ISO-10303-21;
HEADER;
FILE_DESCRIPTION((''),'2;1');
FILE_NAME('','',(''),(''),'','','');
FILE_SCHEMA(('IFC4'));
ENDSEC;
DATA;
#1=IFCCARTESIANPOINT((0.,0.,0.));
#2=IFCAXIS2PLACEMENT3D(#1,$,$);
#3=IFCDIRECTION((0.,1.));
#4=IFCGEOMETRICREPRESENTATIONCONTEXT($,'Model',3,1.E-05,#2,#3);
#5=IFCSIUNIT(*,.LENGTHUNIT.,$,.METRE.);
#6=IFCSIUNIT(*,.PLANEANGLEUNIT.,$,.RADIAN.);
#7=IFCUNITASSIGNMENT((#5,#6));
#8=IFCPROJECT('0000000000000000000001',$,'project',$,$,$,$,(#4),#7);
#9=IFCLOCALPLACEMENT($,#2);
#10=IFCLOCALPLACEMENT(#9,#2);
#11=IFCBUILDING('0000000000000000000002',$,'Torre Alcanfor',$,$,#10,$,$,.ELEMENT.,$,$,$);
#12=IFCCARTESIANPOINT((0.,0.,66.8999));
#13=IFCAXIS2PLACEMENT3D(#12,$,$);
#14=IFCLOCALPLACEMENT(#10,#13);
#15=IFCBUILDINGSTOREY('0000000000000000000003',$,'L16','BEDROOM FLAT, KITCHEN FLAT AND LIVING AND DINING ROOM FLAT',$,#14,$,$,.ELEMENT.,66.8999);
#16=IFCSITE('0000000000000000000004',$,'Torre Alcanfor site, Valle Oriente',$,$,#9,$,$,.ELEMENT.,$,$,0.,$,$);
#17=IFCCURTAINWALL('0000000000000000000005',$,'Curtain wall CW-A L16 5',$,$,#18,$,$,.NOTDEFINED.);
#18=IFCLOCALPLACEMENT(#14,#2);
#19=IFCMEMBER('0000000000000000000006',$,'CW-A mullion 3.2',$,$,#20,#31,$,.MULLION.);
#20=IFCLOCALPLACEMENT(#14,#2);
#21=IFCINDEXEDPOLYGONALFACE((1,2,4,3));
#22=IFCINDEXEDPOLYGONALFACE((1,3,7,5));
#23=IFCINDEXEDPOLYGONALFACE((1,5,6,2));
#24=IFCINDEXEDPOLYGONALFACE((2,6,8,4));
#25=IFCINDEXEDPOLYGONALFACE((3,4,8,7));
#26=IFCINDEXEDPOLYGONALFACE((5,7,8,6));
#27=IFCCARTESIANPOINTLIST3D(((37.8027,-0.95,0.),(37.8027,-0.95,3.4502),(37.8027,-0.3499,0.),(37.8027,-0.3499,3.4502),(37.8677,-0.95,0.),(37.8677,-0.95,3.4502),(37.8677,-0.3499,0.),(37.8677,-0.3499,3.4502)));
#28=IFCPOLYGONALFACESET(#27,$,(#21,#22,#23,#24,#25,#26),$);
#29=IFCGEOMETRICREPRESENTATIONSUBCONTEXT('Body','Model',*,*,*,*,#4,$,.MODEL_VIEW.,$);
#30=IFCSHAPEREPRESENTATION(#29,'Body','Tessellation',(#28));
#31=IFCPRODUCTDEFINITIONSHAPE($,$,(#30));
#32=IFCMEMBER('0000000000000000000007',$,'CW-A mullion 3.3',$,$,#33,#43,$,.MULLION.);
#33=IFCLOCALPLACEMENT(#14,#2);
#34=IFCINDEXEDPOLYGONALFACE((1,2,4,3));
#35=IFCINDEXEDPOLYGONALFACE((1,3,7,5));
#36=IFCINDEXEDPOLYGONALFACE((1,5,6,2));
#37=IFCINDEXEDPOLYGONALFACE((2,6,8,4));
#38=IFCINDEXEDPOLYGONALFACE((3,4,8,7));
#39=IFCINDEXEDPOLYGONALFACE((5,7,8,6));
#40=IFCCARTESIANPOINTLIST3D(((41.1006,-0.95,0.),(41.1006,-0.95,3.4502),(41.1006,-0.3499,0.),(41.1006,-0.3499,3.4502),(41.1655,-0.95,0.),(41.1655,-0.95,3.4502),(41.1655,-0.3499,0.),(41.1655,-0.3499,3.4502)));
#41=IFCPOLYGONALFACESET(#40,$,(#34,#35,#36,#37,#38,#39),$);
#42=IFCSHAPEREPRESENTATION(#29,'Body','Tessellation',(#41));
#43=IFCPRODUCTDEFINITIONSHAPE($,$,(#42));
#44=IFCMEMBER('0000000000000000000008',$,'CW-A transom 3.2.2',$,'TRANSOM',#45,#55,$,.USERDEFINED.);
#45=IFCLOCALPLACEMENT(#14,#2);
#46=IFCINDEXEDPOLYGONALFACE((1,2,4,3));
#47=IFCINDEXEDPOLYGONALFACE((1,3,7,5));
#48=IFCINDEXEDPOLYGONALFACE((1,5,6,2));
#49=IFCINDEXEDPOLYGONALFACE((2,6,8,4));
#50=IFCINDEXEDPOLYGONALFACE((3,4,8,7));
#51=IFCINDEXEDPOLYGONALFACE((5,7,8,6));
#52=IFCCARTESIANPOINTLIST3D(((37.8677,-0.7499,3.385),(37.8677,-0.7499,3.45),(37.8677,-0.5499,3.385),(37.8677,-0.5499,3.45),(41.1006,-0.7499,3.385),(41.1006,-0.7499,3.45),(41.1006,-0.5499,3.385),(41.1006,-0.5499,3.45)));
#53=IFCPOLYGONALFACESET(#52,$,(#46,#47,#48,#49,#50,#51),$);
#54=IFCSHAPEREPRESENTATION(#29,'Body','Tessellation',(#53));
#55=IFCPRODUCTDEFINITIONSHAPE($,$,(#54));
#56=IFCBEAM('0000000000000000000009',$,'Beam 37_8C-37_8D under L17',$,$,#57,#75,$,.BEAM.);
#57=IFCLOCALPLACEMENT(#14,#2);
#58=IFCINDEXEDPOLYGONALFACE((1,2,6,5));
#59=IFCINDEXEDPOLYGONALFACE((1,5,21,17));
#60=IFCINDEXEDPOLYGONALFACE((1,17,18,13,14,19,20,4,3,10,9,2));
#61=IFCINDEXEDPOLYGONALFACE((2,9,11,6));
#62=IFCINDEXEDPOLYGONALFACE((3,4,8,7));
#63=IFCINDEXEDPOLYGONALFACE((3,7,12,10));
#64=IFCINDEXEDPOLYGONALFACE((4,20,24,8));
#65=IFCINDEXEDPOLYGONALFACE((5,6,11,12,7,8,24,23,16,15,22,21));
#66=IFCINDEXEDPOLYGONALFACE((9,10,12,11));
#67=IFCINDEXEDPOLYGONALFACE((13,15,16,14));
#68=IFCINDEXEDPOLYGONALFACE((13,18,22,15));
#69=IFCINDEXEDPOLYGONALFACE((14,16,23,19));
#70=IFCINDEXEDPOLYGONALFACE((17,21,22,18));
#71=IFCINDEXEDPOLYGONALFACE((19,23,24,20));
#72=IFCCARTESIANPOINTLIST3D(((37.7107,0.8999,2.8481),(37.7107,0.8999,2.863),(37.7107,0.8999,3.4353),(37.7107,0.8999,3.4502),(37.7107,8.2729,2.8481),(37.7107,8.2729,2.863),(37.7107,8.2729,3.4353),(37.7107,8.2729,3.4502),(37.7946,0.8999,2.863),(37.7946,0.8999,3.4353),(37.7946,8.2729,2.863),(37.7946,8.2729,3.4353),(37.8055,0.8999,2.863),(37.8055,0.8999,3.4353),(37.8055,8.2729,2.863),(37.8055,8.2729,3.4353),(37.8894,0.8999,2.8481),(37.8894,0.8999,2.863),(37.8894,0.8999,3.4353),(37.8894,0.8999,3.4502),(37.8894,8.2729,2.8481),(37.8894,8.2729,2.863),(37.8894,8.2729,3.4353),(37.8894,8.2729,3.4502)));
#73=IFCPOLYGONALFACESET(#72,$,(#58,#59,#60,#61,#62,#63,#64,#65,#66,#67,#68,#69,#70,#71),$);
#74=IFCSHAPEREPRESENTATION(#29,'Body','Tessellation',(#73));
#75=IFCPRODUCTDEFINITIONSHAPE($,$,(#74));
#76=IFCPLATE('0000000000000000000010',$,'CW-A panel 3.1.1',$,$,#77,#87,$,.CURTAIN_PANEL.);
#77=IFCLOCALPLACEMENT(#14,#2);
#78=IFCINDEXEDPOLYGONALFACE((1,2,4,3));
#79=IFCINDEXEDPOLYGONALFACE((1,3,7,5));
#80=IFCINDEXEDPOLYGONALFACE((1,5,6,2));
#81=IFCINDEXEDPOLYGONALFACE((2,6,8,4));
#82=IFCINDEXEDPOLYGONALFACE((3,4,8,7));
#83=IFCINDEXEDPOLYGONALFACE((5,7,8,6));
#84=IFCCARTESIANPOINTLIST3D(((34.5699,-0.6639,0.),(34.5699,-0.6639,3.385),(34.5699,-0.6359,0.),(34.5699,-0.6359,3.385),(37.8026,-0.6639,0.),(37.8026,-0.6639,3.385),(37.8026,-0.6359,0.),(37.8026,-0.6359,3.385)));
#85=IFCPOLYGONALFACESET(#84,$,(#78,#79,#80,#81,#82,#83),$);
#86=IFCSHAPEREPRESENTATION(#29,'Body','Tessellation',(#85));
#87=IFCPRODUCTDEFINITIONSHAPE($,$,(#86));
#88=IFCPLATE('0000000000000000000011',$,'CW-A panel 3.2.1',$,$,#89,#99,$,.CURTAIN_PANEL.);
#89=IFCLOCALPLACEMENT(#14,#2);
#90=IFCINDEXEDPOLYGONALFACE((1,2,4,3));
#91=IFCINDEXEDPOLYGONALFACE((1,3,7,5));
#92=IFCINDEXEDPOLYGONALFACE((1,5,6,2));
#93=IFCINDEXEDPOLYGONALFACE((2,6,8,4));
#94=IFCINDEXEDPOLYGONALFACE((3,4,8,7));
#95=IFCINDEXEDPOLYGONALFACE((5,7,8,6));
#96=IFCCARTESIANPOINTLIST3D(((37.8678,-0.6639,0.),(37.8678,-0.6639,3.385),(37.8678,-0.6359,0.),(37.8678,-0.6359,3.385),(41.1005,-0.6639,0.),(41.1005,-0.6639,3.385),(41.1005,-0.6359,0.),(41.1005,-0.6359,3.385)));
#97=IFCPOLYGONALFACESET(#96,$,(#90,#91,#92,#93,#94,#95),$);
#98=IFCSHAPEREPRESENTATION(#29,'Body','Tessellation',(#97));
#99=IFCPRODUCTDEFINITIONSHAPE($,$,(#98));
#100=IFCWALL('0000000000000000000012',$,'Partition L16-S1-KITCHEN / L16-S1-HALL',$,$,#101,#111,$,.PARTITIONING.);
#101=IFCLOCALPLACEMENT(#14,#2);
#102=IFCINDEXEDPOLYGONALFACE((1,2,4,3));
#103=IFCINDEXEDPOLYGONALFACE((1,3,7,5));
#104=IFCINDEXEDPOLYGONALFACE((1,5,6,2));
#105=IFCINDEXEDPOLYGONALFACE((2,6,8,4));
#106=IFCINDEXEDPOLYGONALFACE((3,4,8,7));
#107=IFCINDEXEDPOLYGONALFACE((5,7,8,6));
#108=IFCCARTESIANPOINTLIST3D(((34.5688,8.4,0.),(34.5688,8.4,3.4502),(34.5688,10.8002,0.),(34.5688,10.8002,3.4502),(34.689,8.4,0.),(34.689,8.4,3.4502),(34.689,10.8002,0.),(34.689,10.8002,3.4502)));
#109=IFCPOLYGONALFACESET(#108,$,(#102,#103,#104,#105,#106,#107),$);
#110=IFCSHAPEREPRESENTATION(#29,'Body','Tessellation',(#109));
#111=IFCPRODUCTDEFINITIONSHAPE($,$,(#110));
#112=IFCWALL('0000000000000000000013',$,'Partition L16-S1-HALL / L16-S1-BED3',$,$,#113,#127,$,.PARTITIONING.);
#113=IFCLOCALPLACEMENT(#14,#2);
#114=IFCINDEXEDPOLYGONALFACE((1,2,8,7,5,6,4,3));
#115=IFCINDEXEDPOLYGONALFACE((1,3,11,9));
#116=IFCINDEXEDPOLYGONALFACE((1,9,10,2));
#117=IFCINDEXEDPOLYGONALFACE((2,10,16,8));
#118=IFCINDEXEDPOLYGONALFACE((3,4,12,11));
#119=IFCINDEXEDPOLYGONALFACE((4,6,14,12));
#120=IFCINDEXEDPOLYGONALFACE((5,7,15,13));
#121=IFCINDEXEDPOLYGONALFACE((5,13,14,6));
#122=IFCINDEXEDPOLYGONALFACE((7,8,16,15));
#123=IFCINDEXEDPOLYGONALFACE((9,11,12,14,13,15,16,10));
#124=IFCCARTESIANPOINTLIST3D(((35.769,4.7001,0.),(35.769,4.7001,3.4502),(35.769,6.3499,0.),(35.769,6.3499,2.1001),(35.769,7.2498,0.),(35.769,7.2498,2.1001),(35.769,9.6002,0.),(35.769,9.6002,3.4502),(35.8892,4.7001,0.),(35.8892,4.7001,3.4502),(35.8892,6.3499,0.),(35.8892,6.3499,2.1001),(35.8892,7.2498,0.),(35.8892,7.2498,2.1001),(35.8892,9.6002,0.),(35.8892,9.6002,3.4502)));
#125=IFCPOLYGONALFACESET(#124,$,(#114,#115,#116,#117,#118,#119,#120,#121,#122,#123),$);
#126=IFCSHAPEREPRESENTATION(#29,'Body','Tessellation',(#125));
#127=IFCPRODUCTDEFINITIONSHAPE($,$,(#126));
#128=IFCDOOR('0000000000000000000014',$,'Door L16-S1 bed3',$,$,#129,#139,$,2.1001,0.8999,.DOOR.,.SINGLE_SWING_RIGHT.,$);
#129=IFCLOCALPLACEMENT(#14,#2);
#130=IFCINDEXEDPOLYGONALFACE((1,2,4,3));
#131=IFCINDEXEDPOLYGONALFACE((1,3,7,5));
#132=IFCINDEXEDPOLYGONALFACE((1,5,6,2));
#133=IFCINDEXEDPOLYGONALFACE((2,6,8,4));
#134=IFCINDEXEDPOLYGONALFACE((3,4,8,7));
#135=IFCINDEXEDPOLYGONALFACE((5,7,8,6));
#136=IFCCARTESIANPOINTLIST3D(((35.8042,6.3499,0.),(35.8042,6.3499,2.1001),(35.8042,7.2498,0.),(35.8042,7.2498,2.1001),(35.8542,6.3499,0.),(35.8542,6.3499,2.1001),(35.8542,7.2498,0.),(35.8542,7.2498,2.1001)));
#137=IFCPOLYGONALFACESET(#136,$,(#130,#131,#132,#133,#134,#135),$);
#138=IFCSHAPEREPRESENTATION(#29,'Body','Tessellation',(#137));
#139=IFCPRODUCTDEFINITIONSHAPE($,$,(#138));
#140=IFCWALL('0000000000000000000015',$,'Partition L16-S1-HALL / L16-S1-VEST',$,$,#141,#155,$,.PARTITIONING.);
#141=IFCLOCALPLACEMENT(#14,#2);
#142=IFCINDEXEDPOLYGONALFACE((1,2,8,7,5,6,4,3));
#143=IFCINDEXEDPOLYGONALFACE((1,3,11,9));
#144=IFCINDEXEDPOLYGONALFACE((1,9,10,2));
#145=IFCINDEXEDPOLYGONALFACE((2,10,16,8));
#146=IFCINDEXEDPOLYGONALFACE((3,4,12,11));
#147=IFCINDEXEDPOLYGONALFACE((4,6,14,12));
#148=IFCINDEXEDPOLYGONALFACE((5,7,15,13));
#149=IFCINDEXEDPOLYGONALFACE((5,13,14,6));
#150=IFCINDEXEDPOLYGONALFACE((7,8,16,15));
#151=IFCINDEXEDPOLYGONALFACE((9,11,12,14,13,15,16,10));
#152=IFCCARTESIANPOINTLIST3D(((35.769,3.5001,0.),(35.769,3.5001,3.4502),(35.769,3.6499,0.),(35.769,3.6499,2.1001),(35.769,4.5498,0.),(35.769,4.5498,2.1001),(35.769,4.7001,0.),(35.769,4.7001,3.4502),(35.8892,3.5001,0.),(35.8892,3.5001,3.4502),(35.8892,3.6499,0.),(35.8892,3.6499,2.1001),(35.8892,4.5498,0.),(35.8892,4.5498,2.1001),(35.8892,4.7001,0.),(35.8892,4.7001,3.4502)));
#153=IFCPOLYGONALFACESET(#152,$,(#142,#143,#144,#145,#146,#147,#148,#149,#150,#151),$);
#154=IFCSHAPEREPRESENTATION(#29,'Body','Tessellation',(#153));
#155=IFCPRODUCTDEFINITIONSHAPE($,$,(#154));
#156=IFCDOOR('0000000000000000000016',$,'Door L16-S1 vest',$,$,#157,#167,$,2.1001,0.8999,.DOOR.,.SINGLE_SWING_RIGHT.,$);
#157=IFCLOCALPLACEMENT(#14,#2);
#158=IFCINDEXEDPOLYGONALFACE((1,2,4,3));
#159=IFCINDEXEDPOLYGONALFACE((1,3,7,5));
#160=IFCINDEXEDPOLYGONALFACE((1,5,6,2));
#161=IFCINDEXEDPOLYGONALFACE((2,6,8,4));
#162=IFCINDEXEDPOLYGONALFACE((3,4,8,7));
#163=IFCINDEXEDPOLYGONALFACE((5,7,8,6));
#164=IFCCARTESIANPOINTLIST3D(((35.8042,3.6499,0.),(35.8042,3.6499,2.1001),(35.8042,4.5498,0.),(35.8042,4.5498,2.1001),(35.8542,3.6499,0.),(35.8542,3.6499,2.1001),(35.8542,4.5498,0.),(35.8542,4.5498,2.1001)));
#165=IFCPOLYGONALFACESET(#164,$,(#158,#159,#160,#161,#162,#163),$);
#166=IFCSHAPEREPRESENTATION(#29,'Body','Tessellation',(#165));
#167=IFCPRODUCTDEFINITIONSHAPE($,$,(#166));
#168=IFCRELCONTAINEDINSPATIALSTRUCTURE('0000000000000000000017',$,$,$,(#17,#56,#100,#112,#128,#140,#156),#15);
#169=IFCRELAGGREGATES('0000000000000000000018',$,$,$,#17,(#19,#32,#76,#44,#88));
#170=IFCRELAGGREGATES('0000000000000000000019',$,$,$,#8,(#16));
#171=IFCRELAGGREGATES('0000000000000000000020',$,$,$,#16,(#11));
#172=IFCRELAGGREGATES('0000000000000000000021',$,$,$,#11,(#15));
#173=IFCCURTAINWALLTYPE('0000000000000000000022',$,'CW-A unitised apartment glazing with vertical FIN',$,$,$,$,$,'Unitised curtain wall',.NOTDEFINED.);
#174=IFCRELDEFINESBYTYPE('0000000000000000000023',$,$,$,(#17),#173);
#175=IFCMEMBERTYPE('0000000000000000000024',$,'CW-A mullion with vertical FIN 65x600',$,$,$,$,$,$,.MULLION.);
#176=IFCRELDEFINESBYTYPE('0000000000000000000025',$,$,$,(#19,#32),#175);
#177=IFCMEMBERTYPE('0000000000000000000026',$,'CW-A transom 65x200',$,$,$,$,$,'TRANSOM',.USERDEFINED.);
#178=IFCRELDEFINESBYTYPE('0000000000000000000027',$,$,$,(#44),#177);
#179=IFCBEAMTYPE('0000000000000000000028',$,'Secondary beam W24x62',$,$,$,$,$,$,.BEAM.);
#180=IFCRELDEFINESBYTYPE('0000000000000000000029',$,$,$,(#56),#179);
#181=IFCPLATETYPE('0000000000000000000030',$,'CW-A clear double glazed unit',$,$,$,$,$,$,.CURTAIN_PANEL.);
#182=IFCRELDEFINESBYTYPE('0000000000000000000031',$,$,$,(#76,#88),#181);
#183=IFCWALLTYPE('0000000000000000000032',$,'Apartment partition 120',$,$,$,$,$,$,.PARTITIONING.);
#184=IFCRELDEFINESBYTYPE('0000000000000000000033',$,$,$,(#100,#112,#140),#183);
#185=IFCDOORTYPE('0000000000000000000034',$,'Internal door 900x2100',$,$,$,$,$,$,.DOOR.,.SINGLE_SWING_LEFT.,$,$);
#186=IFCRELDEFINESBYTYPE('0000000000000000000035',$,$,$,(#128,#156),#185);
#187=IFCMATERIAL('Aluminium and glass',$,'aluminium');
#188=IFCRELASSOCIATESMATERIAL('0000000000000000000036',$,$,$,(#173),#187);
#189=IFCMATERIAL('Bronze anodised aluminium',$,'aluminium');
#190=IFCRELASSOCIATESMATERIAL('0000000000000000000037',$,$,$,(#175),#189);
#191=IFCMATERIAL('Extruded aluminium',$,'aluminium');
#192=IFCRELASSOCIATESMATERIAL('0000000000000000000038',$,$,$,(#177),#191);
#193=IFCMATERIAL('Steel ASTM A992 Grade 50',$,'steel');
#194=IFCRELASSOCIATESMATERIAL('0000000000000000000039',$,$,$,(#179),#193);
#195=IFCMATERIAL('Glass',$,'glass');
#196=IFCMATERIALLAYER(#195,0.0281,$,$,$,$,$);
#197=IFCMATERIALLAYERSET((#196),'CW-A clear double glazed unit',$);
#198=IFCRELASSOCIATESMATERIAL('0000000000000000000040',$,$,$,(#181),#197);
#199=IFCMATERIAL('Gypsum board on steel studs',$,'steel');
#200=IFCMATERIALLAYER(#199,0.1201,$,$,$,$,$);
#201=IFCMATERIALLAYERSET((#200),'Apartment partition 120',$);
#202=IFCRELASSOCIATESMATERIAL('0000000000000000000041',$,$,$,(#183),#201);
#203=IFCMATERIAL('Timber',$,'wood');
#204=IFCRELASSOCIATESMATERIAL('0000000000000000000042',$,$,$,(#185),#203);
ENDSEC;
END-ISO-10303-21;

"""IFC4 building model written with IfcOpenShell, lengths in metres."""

from ifc_helpers import new_model, si_unit, direction, frame, frame_2d, origin, origin_2d, place, context, subcontext, project, spatial, rectangle, i_section, extrude, material, layer, layer_set, material_profile, profile_set, type_object, element, fill, aggregate, save


model = new_model("IFC4")

# Units and contexts
model_context = context("Model", 3, precision=1e-05, world=origin(), true_north=direction((0.0, 1.0)))
body_context = subcontext(model_context, "Body", "Model", "MODEL_VIEW")
ifc_project = project(units=[si_unit("LENGTHUNIT", "METRE"), si_unit("PLANEANGLEUNIT", "RADIAN")], contexts=[model_context])

# Site, building, storey
site_placement = place(None, origin())
site = spatial("IfcSite", under=ifc_project, at=site_placement, Name="Torre Alcanfor site, Valle Oriente", CompositionType="ELEMENT", RefElevation=0.0)
building_placement = place(site_placement, origin())
building = spatial("IfcBuilding", under=site, at=building_placement, Name="Torre Alcanfor", CompositionType="ELEMENT")
storey_placement = place(building_placement, frame((0.0, 0.0, 66.8999)))
storey = spatial("IfcBuildingStorey", under=building, at=storey_placement, Name="L16", Description="BEDROOM FLAT, KITCHEN FLAT AND LIVING AND DINING ROOM FLAT", CompositionType="ELEMENT", Elevation=66.8999)

# Curtain wall, members
ifc_material_1 = material(Name="Aluminium and glass", Category="aluminium")
curtain_wall_type = type_object("IfcCurtainWallType", Name="CW-A unitised apartment glazing with vertical FIN", ElementType="Unitised curtain wall", PredefinedType="NOTDEFINED", material=ifc_material_1)
curtain_wall_placement = place(storey_placement, origin())
curtain_wall = element("IfcCurtainWall", 1, at=curtain_wall_placement, inside=storey, type_object=curtain_wall_type, Name="Curtain wall CW-A L16 5", PredefinedType="NOTDEFINED")
ifc_material_2 = material(Name="Bronze anodised aluminium", Category="aluminium")
ifc_material_profile_1 = material_profile(ifc_material_2, rectangle(XDim=0.6001, YDim=0.0649, at=origin_2d()), Name="CW-A mullion 65x600")
ifc_profile_set_1 = profile_set([ifc_material_profile_1], Name="Bronze anodised aluminium")
member_type_1 = type_object("IfcMemberType", Name="CW-A mullion with vertical FIN 65x600", PredefinedType="MULLION", material=ifc_profile_set_1)
member_1_placement = place(storey_placement, frame((37.8352, -0.6499, 0.0), z_axis=(0.0, 0.0, 1.0), x_axis=(0.0, 1.0, 0.0)))
member_1 = element("IfcMember", 2, at=member_1_placement, type_object=member_type_1, Name="CW-A mullion 3.2", PredefinedType="MULLION", context=body_context, shape_type="SweptSolid", body=[
    extrude(rectangle(XDim=0.6001, YDim=0.0649, at=origin_2d()), origin(), (0.0, 0.0, 1.0), 3.4502),
])
member_2_placement = place(storey_placement, frame((41.1331, -0.6499, 0.0), z_axis=(0.0, 0.0, 1.0), x_axis=(0.0, 1.0, 0.0)))
member_2 = element("IfcMember", 3, at=member_2_placement, type_object=member_type_1, Name="CW-A mullion 3.3", PredefinedType="MULLION", context=body_context, shape_type="SweptSolid", body=[
    extrude(rectangle(XDim=0.6001, YDim=0.0649, at=origin_2d()), origin(), (0.0, 0.0, 1.0), 3.4502),
])
ifc_material_3 = material(Name="Extruded aluminium", Category="aluminium")
ifc_material_profile_2 = material_profile(ifc_material_3, rectangle(XDim=0.2, YDim=0.0649, at=origin_2d()), Name="CW-A transom 200x65")
ifc_profile_set_2 = profile_set([ifc_material_profile_2], Name="Extruded aluminium")
member_type_2 = type_object("IfcMemberType", Name="CW-A transom 65x200", ElementType="TRANSOM", PredefinedType="USERDEFINED", material=ifc_profile_set_2)
member_3_placement = place(storey_placement, frame((37.8677, -0.6499, 3.4175), z_axis=(1.0, 0.0, 0.0), x_axis=(0.0, 1.0, 0.0)))
member_3 = element("IfcMember", 4, at=member_3_placement, type_object=member_type_2, Name="CW-A transom 3.2.2", ObjectType="TRANSOM", PredefinedType="USERDEFINED", context=body_context, shape_type="SweptSolid", body=[
    extrude(rectangle(XDim=0.2, YDim=0.0649, at=origin_2d()), origin(), (0.0, 0.0, 1.0), 3.2329),
])

# Beam
ifc_material_4 = material(Name="Steel ASTM A992 Grade 50", Category="steel")
ifc_material_profile_3 = material_profile(ifc_material_4, i_section(OverallWidth=0.1787, OverallDepth=0.6021, WebThickness=0.011, FlangeThickness=0.0149, at=origin_2d()), Name="W24x62")
ifc_profile_set_3 = profile_set([ifc_material_profile_3], Name="Steel ASTM A992 Grade 50")
beam_type = type_object("IfcBeamType", Name="Secondary beam W24x62", PredefinedType="BEAM", material=ifc_profile_set_3)
beam_placement = place(storey_placement, frame((37.8, 0.8999, 3.1492), z_axis=(0.0, 1.0, 0.0), x_axis=(-1.0, 0.0, 0.0)))
element("IfcBeam", 5, at=beam_placement, inside=storey, type_object=beam_type, Name="Beam 37_8C-37_8D under L17", PredefinedType="BEAM", context=body_context, shape_type="SweptSolid", body=[
    extrude(i_section(OverallWidth=0.1787, OverallDepth=0.6021, WebThickness=0.011, FlangeThickness=0.0149, at=origin_2d()), origin(), (0.0, 0.0, 1.0), 7.373),
])

# Plates
ifc_material_5 = material(Name="Glass", Category="glass")
ifc_layer_1 = layer(ifc_material_5, 0.0281)
ifc_layer_set_1 = layer_set([ifc_layer_1], Name="CW-A clear double glazed unit")
plate_type = type_object("IfcPlateType", Name="CW-A clear double glazed unit", PredefinedType="CURTAIN_PANEL", material=ifc_layer_set_1)
plate_1_placement = place(storey_placement, frame((36.1863, -0.6499, 0.0), z_axis=(0.0, 0.0, 1.0), x_axis=(1.0, 0.0, 0.0)))
plate_1 = element("IfcPlate", 6, at=plate_1_placement, type_object=plate_type, Name="CW-A panel 3.1.1", PredefinedType="CURTAIN_PANEL", context=body_context, shape_type="SweptSolid", body=[
    extrude(rectangle(XDim=3.2327, YDim=0.0281, at=origin_2d()), origin(), (0.0, 0.0, 1.0), 3.385),
])
plate_2_placement = place(storey_placement, frame((39.4841, -0.6499, 0.0), z_axis=(0.0, 0.0, 1.0), x_axis=(1.0, 0.0, 0.0)))
plate_2 = element("IfcPlate", 7, at=plate_2_placement, type_object=plate_type, Name="CW-A panel 3.2.1", PredefinedType="CURTAIN_PANEL", context=body_context, shape_type="SweptSolid", body=[
    extrude(rectangle(XDim=3.2327, YDim=0.0281, at=origin_2d()), origin(), (0.0, 0.0, 1.0), 3.385),
])
aggregate(curtain_wall, [member_1, member_2, plate_1, member_3, plate_2])

# Wall
ifc_material_6 = material(Name="Gypsum board on steel studs", Category="steel")
ifc_layer_2 = layer(ifc_material_6, 0.1201)
ifc_layer_set_2 = layer_set([ifc_layer_2], Name="Apartment partition 120")
wall_type_1 = type_object("IfcWallType", Name="Apartment partition 120", PredefinedType="PARTITIONING", material=ifc_layer_set_2)
wall_1_placement = place(storey_placement, frame((34.6289, 8.3999, 0.0), z_axis=(0.0, 0.0, 1.0), x_axis=(0.0, 1.0, 0.0)))
element("IfcWall", 8, at=wall_1_placement, inside=storey, type_object=wall_type_1, Name="Partition L16-S1-KITCHEN / L16-S1-HALL", PredefinedType="PARTITIONING", context=body_context, shape_type="SweptSolid", body=[
    extrude(rectangle(XDim=2.4001, YDim=0.1201, at=frame_2d((1.2002, 0.0))), origin(), (0.0, 0.0, 1.0), 3.4502),
])

# Walls, openings, doors
wall_2_placement = place(storey_placement, frame((35.8291, 4.7, 0.0), z_axis=(0.0, 0.0, 1.0), x_axis=(0.0, 1.0, 0.0)))
wall_2 = element("IfcWall", 9, at=wall_2_placement, inside=storey, type_object=wall_type_1, Name="Partition L16-S1-HALL / L16-S1-BED3", PredefinedType="PARTITIONING", context=body_context, shape_type="SweptSolid", body=[
    extrude(rectangle(XDim=4.9001, YDim=0.1201, at=frame_2d((2.4502, 0.0))), origin(), (0.0, 0.0, 1.0), 3.4502),
])
opening_1_placement = place(wall_2_placement, frame((1.6499, 0.0, 0.0)))
opening_1 = element("IfcOpeningElement", 10, at=opening_1_placement, cuts=wall_2, PredefinedType="OPENING", context=body_context, shape_type="SweptSolid", body=[
    extrude(rectangle(XDim=0.8999, YDim=2.1001, at=frame_2d((0.45, 1.05))), frame((0.0, 0.0701, 0.0), z_axis=(0.0, -1.0, 0.0), x_axis=(1.0, 0.0, 0.0)), (0.0, 0.0, 1.0), 0.1401),
])
ifc_material_7 = material(Name="Timber", Category="wood")
door_type = type_object("IfcDoorType", Name="Internal door 900x2100", OperationType="SINGLE_SWING_LEFT", PredefinedType="DOOR", material=ifc_material_7)
door_1_placement = place(opening_1_placement, frame((0.8999, 0.0, 0.0), z_axis=(0.0, 0.0, 1.0), x_axis=(-1.0, 0.0, 0.0)))
door_1 = element("IfcDoor", 11, at=door_1_placement, inside=storey, type_object=door_type, Name="Door L16-S1 bed3", OperationType="SINGLE_SWING_RIGHT", OverallHeight=2.1001, OverallWidth=0.8999, PredefinedType="DOOR", context=body_context, shape_type="SweptSolid", body=[
    extrude(rectangle(XDim=0.8999, YDim=2.1001, at=frame_2d((0.45, 1.05))), frame((0.0, 0.0251, 0.0), z_axis=(0.0, -1.0, 0.0), x_axis=(1.0, 0.0, 0.0)), (0.0, 0.0, 1.0), 0.05),
])
fill(opening_1, door_1)
wall_3_placement = place(storey_placement, frame((35.8291, 3.5, 0.0), z_axis=(0.0, 0.0, 1.0), x_axis=(0.0, 1.0, 0.0)))
wall_3 = element("IfcWall", 12, at=wall_3_placement, inside=storey, type_object=wall_type_1, Name="Partition L16-S1-HALL / L16-S1-VEST", PredefinedType="PARTITIONING", context=body_context, shape_type="SweptSolid", body=[
    extrude(rectangle(XDim=1.2, YDim=0.1201, at=frame_2d((0.6001, 0.0))), origin(), (0.0, 0.0, 1.0), 3.4502),
])
opening_2_placement = place(wall_3_placement, frame((0.1499, 0.0, 0.0)))
opening_2 = element("IfcOpeningElement", 13, at=opening_2_placement, cuts=wall_3, PredefinedType="OPENING", context=body_context, shape_type="SweptSolid", body=[
    extrude(rectangle(XDim=0.8999, YDim=2.1001, at=frame_2d((0.45, 1.05))), frame((0.0, 0.0701, 0.0), z_axis=(0.0, -1.0, 0.0), x_axis=(1.0, 0.0, 0.0)), (0.0, 0.0, 1.0), 0.1401),
])
door_2_placement = place(opening_2_placement, frame((0.8999, 0.0, 0.0), z_axis=(0.0, 0.0, 1.0), x_axis=(-1.0, 0.0, 0.0)))
door_2 = element("IfcDoor", 14, at=door_2_placement, inside=storey, type_object=door_type, Name="Door L16-S1 vest", OperationType="SINGLE_SWING_RIGHT", OverallHeight=2.1001, OverallWidth=0.8999, PredefinedType="DOOR", context=body_context, shape_type="SweptSolid", body=[
    extrude(rectangle(XDim=0.8999, YDim=2.1001, at=frame_2d((0.45, 1.05))), frame((0.0, 0.0251, 0.0), z_axis=(0.0, -1.0, 0.0), x_axis=(1.0, 0.0, 0.0)), (0.0, 0.0, 1.0), 0.05),
])
fill(opening_2, door_2)

save(model, "model.ifc")
